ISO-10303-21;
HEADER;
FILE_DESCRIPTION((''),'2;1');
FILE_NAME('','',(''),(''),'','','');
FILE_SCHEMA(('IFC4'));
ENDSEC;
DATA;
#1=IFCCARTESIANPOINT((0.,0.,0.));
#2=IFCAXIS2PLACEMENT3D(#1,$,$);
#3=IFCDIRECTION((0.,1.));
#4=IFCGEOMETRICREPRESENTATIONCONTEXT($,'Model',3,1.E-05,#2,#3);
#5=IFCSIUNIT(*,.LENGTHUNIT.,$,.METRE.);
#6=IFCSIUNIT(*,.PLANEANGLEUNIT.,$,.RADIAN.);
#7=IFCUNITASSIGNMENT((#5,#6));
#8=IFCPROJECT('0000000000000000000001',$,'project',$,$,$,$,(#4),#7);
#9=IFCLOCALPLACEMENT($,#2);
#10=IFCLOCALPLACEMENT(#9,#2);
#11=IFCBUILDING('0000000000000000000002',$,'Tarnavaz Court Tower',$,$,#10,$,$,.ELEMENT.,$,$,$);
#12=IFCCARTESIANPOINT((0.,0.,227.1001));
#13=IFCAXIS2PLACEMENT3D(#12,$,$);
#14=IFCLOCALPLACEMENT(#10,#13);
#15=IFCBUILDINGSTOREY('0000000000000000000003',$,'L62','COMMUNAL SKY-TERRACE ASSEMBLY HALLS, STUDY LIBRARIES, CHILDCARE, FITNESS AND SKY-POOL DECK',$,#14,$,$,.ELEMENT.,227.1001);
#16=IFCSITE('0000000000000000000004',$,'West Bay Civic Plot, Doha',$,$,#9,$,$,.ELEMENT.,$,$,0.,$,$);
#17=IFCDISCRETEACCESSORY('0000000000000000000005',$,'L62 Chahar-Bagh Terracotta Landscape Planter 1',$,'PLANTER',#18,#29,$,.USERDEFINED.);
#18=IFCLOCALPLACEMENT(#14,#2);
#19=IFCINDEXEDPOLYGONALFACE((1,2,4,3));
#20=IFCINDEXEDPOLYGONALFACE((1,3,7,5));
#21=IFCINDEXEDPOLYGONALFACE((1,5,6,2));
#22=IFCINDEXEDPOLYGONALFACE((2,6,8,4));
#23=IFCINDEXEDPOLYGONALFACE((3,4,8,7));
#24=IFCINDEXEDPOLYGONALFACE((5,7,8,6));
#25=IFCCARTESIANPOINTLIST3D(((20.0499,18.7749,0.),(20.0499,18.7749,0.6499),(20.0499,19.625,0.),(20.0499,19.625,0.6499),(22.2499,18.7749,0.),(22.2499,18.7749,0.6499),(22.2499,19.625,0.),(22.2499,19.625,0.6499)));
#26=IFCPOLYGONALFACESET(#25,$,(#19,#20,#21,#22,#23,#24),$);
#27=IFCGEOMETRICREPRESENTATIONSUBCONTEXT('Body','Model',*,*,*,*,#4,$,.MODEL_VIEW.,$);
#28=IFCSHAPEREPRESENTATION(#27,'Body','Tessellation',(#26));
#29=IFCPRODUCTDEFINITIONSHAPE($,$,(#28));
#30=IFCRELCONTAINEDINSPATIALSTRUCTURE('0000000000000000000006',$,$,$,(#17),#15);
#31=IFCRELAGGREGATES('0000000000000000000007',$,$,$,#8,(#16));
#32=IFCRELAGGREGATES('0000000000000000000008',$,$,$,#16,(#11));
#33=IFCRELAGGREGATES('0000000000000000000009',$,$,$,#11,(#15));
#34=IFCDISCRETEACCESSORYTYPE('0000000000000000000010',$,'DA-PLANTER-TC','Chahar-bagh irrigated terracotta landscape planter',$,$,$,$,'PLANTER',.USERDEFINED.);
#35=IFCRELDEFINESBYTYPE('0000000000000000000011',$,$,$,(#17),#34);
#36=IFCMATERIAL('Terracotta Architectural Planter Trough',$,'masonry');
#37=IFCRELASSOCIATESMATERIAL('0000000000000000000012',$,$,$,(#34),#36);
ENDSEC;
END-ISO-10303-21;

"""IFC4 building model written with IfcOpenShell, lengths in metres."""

from ifc_helpers import new_model, si_unit, direction, frame, origin, origin_2d, place, context, subcontext, project, spatial, rectangle, extrude, material, type_object, element, save


model = new_model("IFC4")

# Units and contexts
model_context = context("Model", 3, precision=1e-05, world=origin(), true_north=direction((0.0, 1.0)))
body_context = subcontext(model_context, "Body", "Model", "MODEL_VIEW")
ifc_project = project(units=[si_unit("LENGTHUNIT", "METRE"), si_unit("PLANEANGLEUNIT", "RADIAN")], contexts=[model_context])

# Site, building, storey
site_placement = place(None, origin())
site = spatial("IfcSite", under=ifc_project, at=site_placement, Name="West Bay Civic Plot, Doha", CompositionType="ELEMENT", RefElevation=0.0)
building_placement = place(site_placement, origin())
building = spatial("IfcBuilding", under=site, at=building_placement, Name="Tarnavaz Court Tower", CompositionType="ELEMENT")
storey_placement = place(building_placement, frame((0.0, 0.0, 227.1001)))
storey = spatial("IfcBuildingStorey", under=building, at=storey_placement, Name="L62", Description="COMMUNAL SKY-TERRACE ASSEMBLY HALLS, STUDY LIBRARIES, CHILDCARE, FITNESS AND SKY-POOL DECK", CompositionType="ELEMENT", Elevation=227.1001)

# Discrete accessory
ifc_material_1 = material(Name="Terracotta Architectural Planter Trough", Category="masonry")
discrete_accessory_type = type_object("IfcDiscreteAccessoryType", Name="DA-PLANTER-TC", Description="Chahar-bagh irrigated terracotta landscape planter", ElementType="PLANTER", PredefinedType="USERDEFINED", material=ifc_material_1)
discrete_accessory_placement = place(storey_placement, frame((21.1499, 19.2, 0.0), z_axis=(0.0, 0.0, 1.0), x_axis=(1.0, 0.0, 0.0)))
element("IfcDiscreteAccessory", 1, at=discrete_accessory_placement, inside=storey, type_object=discrete_accessory_type, Name="L62 Chahar-Bagh Terracotta Landscape Planter 1", ObjectType="PLANTER", PredefinedType="USERDEFINED", context=body_context, shape_type="SweptSolid", body=[
    extrude(rectangle(XDim=2.2, YDim=0.8501, at=origin_2d()), origin(), (0.0, 0.0, 1.0), 0.6499),
])

save(model, "model.ifc")
